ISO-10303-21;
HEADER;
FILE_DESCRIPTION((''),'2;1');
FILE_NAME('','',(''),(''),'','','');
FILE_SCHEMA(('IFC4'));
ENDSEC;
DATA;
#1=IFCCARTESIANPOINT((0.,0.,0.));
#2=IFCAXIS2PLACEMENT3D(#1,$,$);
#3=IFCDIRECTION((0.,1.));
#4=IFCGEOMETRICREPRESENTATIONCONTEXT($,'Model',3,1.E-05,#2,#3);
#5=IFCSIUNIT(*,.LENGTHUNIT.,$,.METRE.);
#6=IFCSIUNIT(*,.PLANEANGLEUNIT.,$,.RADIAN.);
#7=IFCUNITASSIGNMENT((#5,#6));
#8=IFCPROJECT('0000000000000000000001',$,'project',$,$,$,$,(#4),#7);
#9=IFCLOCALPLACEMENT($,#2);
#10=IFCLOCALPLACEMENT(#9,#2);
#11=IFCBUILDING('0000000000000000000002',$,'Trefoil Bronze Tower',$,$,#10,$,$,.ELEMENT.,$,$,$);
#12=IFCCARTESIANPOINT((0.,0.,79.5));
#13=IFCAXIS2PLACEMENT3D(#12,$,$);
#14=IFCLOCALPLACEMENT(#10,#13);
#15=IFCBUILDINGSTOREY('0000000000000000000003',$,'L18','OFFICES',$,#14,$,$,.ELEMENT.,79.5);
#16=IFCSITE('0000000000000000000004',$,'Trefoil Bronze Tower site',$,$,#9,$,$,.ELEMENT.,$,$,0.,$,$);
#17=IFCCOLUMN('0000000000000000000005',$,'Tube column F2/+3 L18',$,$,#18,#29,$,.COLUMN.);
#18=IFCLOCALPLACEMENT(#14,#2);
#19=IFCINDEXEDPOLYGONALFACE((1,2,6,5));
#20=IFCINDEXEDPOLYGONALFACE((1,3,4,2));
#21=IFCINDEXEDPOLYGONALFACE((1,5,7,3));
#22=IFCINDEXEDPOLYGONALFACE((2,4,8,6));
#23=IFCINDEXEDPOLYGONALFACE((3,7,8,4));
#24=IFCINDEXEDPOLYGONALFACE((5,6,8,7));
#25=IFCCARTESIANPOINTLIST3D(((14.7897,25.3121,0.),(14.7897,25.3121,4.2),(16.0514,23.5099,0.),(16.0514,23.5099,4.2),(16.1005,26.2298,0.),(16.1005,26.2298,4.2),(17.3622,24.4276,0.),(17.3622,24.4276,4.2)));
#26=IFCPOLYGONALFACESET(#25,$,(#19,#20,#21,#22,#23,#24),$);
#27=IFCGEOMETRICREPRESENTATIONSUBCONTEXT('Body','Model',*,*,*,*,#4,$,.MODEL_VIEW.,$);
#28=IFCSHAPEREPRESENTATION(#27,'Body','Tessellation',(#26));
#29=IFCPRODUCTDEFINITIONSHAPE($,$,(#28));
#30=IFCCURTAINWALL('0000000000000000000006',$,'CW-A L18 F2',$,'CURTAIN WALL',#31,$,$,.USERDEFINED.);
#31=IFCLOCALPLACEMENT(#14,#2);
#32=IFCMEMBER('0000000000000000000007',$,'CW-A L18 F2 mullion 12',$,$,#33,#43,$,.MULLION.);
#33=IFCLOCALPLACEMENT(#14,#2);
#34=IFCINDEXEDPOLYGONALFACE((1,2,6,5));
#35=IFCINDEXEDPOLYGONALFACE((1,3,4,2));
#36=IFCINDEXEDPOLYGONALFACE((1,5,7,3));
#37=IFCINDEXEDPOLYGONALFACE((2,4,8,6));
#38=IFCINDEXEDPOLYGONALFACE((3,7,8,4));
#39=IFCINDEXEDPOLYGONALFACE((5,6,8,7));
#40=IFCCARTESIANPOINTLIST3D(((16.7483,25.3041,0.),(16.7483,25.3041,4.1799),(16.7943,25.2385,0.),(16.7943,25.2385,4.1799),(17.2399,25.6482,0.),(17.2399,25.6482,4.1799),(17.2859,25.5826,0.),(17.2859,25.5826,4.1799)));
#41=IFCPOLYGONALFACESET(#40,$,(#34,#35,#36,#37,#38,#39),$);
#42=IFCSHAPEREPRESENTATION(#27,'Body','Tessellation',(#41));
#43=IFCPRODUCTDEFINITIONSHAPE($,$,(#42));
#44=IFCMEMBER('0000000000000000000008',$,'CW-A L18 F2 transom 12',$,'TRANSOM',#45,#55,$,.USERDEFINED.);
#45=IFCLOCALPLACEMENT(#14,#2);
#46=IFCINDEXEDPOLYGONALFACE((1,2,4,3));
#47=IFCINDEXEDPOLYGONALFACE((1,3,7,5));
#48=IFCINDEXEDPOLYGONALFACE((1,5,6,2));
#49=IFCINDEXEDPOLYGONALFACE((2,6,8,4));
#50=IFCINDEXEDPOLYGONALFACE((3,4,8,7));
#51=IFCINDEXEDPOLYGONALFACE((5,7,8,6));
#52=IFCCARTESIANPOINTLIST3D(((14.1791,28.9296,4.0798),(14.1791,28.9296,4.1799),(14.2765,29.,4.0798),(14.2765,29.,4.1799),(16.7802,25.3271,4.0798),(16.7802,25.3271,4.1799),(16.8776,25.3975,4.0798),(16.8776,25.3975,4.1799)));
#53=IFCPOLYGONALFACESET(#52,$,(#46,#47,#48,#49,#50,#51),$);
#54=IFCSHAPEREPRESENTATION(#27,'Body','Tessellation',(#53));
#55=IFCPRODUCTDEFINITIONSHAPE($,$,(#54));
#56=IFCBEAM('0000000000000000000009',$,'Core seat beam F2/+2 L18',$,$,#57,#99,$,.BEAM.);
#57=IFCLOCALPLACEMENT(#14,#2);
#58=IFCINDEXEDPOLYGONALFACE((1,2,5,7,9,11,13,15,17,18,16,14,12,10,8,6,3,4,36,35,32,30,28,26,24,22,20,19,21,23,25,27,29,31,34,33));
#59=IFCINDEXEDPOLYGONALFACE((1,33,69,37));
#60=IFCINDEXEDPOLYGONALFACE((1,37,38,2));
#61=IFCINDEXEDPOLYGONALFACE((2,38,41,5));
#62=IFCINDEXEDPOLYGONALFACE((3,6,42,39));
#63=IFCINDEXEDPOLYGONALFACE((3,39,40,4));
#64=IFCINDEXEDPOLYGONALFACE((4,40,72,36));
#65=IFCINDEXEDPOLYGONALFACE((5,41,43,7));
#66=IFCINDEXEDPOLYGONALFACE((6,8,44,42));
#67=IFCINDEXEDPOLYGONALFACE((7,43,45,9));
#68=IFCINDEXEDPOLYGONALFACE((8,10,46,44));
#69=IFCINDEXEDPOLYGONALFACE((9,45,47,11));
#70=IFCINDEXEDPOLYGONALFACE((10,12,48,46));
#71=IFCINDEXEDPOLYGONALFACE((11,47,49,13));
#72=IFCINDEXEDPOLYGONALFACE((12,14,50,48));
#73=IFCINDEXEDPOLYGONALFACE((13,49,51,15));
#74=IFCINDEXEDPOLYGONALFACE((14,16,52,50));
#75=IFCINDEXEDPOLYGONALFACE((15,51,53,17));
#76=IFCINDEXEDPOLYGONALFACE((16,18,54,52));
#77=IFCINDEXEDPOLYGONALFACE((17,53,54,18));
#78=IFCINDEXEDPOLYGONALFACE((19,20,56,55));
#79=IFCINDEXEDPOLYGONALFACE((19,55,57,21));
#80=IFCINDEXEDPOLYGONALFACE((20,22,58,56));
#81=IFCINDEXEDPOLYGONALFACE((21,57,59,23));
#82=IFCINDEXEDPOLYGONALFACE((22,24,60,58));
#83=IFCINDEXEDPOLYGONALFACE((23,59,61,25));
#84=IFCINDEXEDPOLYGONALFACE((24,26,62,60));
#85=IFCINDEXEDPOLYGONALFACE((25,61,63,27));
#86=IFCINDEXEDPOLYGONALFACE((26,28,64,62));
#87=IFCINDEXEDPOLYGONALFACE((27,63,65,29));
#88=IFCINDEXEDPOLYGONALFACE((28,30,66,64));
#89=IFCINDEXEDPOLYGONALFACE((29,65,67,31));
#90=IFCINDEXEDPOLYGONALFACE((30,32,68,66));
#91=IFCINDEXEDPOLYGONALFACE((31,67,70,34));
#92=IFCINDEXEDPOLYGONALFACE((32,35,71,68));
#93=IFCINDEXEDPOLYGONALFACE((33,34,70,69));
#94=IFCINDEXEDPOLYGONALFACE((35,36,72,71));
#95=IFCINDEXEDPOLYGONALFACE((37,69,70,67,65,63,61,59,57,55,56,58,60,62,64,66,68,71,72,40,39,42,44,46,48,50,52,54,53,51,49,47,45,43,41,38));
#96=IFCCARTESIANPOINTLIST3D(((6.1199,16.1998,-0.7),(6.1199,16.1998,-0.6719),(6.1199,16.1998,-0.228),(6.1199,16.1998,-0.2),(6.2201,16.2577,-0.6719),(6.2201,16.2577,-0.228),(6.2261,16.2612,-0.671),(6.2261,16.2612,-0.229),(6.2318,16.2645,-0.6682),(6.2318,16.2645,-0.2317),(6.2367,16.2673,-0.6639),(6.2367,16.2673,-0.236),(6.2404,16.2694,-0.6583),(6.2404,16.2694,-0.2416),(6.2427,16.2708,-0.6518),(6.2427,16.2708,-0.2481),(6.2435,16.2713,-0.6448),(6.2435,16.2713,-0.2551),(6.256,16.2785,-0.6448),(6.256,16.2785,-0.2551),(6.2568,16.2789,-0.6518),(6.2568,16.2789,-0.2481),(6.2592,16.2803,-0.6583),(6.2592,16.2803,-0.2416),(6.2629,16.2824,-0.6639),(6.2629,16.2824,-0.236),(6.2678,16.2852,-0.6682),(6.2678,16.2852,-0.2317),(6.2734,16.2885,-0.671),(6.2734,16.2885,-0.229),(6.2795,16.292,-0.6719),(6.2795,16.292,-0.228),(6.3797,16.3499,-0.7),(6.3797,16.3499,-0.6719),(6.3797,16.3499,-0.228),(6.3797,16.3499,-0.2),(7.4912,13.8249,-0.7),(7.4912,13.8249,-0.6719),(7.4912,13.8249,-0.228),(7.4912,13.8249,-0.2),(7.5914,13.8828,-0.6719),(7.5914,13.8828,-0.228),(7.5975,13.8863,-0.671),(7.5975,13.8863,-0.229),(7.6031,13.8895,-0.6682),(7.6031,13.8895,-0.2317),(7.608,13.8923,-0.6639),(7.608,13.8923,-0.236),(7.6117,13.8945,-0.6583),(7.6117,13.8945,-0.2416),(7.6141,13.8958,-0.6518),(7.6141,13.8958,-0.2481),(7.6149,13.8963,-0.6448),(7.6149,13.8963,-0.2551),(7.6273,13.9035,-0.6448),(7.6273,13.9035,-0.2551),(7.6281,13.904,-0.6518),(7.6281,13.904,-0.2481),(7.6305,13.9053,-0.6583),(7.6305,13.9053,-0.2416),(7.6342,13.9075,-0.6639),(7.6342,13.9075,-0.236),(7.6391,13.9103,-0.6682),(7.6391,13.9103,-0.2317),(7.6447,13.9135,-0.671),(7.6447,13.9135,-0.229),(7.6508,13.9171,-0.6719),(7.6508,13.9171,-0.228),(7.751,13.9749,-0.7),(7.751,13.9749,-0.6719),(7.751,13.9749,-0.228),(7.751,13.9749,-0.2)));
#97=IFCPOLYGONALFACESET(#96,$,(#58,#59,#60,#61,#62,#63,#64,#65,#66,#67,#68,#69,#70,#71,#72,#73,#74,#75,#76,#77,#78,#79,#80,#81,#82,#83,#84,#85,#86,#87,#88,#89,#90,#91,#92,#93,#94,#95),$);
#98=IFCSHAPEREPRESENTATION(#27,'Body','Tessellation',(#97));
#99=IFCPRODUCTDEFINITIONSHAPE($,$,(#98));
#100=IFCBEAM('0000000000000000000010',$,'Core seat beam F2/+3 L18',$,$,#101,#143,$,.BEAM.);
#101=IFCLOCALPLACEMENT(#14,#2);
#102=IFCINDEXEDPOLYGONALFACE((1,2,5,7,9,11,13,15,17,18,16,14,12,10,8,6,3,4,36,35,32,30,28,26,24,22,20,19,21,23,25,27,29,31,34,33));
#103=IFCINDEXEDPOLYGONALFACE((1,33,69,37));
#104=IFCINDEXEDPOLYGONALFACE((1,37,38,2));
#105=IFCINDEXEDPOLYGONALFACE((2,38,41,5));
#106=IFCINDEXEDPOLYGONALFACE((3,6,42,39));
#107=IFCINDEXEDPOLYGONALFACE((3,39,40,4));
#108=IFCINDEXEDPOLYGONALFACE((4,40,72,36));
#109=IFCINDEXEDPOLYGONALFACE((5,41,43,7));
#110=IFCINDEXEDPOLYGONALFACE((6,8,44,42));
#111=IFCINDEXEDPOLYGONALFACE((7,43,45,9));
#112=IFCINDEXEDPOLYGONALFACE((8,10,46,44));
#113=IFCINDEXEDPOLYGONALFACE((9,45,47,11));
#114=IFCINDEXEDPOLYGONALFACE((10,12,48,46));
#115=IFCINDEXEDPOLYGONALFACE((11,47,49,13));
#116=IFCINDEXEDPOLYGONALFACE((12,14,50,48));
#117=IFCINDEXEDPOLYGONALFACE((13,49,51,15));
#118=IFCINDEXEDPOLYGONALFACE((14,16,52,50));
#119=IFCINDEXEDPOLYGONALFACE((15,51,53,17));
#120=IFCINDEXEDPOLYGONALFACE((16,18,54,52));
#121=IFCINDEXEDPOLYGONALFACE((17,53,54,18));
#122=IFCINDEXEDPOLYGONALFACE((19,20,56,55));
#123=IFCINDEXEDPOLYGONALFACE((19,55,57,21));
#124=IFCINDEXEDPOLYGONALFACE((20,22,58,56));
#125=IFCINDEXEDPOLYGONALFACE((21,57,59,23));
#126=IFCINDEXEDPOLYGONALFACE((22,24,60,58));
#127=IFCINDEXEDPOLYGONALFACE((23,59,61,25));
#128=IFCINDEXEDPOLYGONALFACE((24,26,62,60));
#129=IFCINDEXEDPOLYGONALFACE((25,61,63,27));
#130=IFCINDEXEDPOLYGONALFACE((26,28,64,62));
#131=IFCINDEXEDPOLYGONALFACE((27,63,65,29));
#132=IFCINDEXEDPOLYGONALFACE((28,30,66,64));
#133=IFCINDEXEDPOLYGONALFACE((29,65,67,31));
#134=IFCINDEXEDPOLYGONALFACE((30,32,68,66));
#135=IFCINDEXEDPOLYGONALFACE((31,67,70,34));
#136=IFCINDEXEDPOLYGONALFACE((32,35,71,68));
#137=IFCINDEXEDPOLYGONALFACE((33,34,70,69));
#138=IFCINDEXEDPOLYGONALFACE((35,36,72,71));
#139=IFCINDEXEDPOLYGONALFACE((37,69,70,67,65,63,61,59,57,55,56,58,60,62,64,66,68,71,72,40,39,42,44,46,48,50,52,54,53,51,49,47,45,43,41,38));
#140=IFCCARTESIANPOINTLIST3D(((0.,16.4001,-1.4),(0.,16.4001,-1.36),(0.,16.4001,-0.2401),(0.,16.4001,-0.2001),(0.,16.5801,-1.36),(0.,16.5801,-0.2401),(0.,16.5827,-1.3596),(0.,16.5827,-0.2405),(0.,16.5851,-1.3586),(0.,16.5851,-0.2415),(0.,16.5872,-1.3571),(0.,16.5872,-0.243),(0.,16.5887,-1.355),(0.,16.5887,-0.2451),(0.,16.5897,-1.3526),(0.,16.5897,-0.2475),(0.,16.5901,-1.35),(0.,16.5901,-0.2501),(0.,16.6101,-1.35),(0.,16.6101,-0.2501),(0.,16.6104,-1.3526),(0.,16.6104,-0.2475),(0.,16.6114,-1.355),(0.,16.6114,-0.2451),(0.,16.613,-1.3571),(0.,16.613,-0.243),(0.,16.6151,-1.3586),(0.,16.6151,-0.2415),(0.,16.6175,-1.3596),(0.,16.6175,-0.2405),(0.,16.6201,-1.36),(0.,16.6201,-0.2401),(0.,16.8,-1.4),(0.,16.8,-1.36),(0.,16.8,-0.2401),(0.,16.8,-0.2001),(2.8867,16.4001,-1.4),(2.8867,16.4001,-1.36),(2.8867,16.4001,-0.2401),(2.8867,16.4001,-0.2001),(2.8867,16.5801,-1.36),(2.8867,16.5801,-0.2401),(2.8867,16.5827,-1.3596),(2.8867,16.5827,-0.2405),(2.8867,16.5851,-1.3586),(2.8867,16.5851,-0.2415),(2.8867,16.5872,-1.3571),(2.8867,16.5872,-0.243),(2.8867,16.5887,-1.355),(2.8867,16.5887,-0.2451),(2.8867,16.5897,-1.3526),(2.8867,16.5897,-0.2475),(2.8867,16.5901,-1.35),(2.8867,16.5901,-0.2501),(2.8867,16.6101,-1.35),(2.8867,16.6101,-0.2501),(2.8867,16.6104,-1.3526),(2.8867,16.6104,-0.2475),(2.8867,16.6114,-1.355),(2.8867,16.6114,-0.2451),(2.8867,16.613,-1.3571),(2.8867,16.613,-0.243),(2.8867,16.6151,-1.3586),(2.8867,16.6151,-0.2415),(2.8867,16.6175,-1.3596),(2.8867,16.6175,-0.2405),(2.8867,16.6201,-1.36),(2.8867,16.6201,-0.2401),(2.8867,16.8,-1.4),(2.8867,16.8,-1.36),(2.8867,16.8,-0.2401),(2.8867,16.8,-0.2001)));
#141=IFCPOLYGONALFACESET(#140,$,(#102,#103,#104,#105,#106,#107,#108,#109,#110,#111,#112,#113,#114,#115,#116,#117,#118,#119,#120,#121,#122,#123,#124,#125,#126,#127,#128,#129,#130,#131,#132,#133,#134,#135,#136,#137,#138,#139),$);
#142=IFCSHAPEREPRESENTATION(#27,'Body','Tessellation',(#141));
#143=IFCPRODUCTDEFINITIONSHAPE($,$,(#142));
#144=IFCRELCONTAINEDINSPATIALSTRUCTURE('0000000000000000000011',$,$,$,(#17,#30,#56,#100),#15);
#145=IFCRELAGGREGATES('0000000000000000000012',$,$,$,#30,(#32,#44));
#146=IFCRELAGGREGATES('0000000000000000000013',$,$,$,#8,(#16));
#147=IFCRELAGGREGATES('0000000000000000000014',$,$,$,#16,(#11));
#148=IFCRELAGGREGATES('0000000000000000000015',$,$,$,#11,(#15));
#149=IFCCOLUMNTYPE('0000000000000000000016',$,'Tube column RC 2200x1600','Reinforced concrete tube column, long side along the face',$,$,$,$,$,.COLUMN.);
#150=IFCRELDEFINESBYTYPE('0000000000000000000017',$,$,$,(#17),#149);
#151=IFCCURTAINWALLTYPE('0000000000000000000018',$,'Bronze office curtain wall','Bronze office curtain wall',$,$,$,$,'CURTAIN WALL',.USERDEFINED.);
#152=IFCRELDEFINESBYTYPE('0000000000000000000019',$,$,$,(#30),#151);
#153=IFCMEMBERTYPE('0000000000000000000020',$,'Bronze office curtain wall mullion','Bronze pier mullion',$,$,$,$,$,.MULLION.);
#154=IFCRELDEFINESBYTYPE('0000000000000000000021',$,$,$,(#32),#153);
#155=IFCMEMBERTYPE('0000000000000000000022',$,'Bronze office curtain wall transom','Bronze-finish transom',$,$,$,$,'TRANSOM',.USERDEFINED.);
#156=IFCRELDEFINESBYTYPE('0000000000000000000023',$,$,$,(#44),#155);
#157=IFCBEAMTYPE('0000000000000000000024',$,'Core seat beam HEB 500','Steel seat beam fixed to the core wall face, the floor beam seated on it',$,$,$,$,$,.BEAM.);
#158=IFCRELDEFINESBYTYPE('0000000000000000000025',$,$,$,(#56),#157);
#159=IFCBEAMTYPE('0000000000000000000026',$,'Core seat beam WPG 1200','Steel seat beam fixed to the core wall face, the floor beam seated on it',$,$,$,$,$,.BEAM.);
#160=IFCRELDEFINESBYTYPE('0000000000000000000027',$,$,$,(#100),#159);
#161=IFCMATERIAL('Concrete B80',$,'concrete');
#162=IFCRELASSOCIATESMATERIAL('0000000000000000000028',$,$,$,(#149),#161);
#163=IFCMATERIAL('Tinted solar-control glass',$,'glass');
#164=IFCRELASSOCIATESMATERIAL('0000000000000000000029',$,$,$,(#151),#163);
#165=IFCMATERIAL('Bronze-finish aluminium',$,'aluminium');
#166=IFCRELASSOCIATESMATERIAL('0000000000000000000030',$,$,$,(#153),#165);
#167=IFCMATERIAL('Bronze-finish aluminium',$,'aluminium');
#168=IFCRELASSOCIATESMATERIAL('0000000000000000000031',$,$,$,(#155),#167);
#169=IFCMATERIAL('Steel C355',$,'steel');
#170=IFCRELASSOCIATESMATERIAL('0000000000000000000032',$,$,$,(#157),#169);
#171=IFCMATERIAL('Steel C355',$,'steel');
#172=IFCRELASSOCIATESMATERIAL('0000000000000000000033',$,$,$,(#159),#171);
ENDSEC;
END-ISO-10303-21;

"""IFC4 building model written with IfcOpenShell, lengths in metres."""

from ifc_helpers import new_model, si_unit, direction, frame, origin, origin_2d, place, context, subcontext, project, spatial, rectangle, i_section, extrude, material, material_profile, profile_set, type_object, element, aggregate, save


model = new_model("IFC4")

# Units and contexts
model_context = context("Model", 3, precision=1e-05, world=origin(), true_north=direction((0.0, 1.0)))
body_context = subcontext(model_context, "Body", "Model", "MODEL_VIEW")
ifc_project = project(units=[si_unit("LENGTHUNIT", "METRE"), si_unit("PLANEANGLEUNIT", "RADIAN")], contexts=[model_context])

# Site, building, storey
site_placement = place(None, origin())
site = spatial("IfcSite", under=ifc_project, at=site_placement, Name="Trefoil Bronze Tower site", CompositionType="ELEMENT", RefElevation=0.0)
building_placement = place(site_placement, origin())
building = spatial("IfcBuilding", under=site, at=building_placement, Name="Trefoil Bronze Tower", CompositionType="ELEMENT")
storey_placement = place(building_placement, frame((0.0, 0.0, 79.5)))
storey = spatial("IfcBuildingStorey", under=building, at=storey_placement, Name="L18", Description="OFFICES", CompositionType="ELEMENT", Elevation=79.5)

# Column
ifc_material_1 = material(Name="Concrete B80", Category="concrete")
ifc_material_profile_1 = material_profile(ifc_material_1, rectangle(XDim=2.2, YDim=1.6001, at=origin_2d()), Name="RC 2200x1600")
ifc_profile_set_1 = profile_set([ifc_material_profile_1], Name="Concrete B80")
column_type = type_object("IfcColumnType", Name="Tube column RC 2200x1600", Description="Reinforced concrete tube column, long side along the face", PredefinedType="COLUMN", material=ifc_profile_set_1)
column_placement = place(storey_placement, frame((16.0759, 24.8699, 0.0), z_axis=(0.0, 0.0, 1.0), x_axis=(-0.573502, 0.819204, 0.0)))
element("IfcColumn", 1, at=column_placement, inside=storey, type_object=column_type, Name="Tube column F2/+3 L18", PredefinedType="COLUMN", context=body_context, shape_type="SweptSolid", body=[
    extrude(rectangle(XDim=2.2, YDim=1.6001, at=origin_2d()), origin(), (0.0, 0.0, 1.0), 4.2),
])

# Curtain wall, members
ifc_material_2 = material(Name="Tinted solar-control glass", Category="glass")
curtain_wall_type = type_object("IfcCurtainWallType", Name="Bronze office curtain wall", Description="Bronze office curtain wall", ElementType="CURTAIN WALL", PredefinedType="USERDEFINED", material=ifc_material_2)
curtain_wall_placement = place(storey_placement, origin())
curtain_wall = element("IfcCurtainWall", 2, at=curtain_wall_placement, inside=storey, type_object=curtain_wall_type, Name="CW-A L18 F2", ObjectType="CURTAIN WALL", PredefinedType="USERDEFINED")
ifc_material_3 = material(Name="Bronze-finish aluminium", Category="aluminium")
ifc_material_profile_2 = material_profile(ifc_material_3, rectangle(XDim=0.6001, YDim=0.0801, at=origin_2d()), Name="CW-A mullion")
ifc_profile_set_2 = profile_set([ifc_material_profile_2], Name="Bronze-finish aluminium")
member_type_1 = type_object("IfcMemberType", Name="Bronze office curtain wall mullion", Description="Bronze pier mullion", PredefinedType="MULLION", material=ifc_profile_set_2)
member_1_placement = place(storey_placement, frame((17.0171, 25.4434, 0.0), z_axis=(0.0, 0.0, 1.0), x_axis=(-0.819204, -0.573502, 0.0)))
member_1 = element("IfcMember", 3, at=member_1_placement, type_object=member_type_1, Name="CW-A L18 F2 mullion 12", PredefinedType="MULLION", context=body_context, shape_type="SweptSolid", body=[
    extrude(rectangle(XDim=0.6001, YDim=0.0801, at=origin_2d()), origin(), (0.0, 0.0, 1.0), 4.1799),
])
ifc_material_4 = material(Name="Bronze-finish aluminium", Category="aluminium")
ifc_material_profile_3 = material_profile(ifc_material_4, rectangle(XDim=0.1201, YDim=0.1001, at=origin_2d()), Name="CW-A transom")
ifc_profile_set_3 = profile_set([ifc_material_profile_3], Name="Bronze-finish aluminium")
member_type_2 = type_object("IfcMemberType", Name="Bronze office curtain wall transom", Description="Bronze-finish transom", ElementType="TRANSOM", PredefinedType="USERDEFINED", material=ifc_profile_set_3)
member_2_placement = place(storey_placement, frame((16.8289, 25.3623, 4.1299), z_axis=(-0.585378, 0.81076, 0.0), x_axis=(-0.81076, -0.585378, 0.0)))
member_2 = element("IfcMember", 4, at=member_2_placement, type_object=member_type_2, Name="CW-A L18 F2 transom 12", ObjectType="TRANSOM", PredefinedType="USERDEFINED", context=body_context, shape_type="SweptSolid", body=[
    extrude(rectangle(XDim=0.1201, YDim=0.1001, at=origin_2d()), origin(), (0.0, 0.0, 1.0), 4.4434),
])

# Beams
ifc_material_5 = material(Name="Steel C355", Category="steel")
ifc_material_profile_4 = material_profile(ifc_material_5, i_section(OverallWidth=0.3, OverallDepth=0.5, WebThickness=0.0144, FlangeThickness=0.0281, FilletRadius=0.0271, at=origin_2d()), Name="HEB 500")
ifc_profile_set_4 = profile_set([ifc_material_profile_4], Name="Steel C355")
beam_type_1 = type_object("IfcBeamType", Name="Core seat beam HEB 500", Description="Steel seat beam fixed to the core wall face, the floor beam seated on it", PredefinedType="BEAM", material=ifc_profile_set_4)
beam_1_placement = place(storey_placement, frame((7.6211, 13.8999, -0.45), z_axis=(-0.500036, 0.866005, 0.0), x_axis=(-0.866005, -0.500036, 0.0)))
element("IfcBeam", 5, at=beam_1_placement, inside=storey, type_object=beam_type_1, Name="Core seat beam F2/+2 L18", PredefinedType="BEAM", context=body_context, shape_type="SweptSolid", body=[
    extrude(i_section(OverallWidth=0.3, OverallDepth=0.5, WebThickness=0.0144, FlangeThickness=0.0281, FilletRadius=0.0271, at=origin_2d()), origin(), (0.0, 0.0, 1.0), 2.7424),
])
ifc_material_6 = material(Name="Steel C355", Category="steel")
ifc_material_profile_5 = material_profile(ifc_material_6, i_section(OverallWidth=0.3999, OverallDepth=1.2, WebThickness=0.02, FlangeThickness=0.04, FilletRadius=0.01, at=origin_2d()), Name="WPG 1200")
ifc_profile_set_5 = profile_set([ifc_material_profile_5], Name="Steel C355")
beam_type_2 = type_object("IfcBeamType", Name="Core seat beam WPG 1200", Description="Steel seat beam fixed to the core wall face, the floor beam seated on it", PredefinedType="BEAM", material=ifc_profile_set_5)
beam_2_placement = place(storey_placement, frame((2.8867, 16.6001, -0.8), z_axis=(-1.0, 0.0, 0.0), x_axis=(0.0, -1.0, 0.0)))
element("IfcBeam", 6, at=beam_2_placement, inside=storey, type_object=beam_type_2, Name="Core seat beam F2/+3 L18", PredefinedType="BEAM", context=body_context, shape_type="SweptSolid", body=[
    extrude(i_section(OverallWidth=0.3999, OverallDepth=1.2, WebThickness=0.02, FlangeThickness=0.04, FilletRadius=0.01, at=origin_2d()), origin(), (0.0, 0.0, 1.0), 2.8867),
])

aggregate(curtain_wall, [member_1, member_2])

save(model, "model.ifc")
